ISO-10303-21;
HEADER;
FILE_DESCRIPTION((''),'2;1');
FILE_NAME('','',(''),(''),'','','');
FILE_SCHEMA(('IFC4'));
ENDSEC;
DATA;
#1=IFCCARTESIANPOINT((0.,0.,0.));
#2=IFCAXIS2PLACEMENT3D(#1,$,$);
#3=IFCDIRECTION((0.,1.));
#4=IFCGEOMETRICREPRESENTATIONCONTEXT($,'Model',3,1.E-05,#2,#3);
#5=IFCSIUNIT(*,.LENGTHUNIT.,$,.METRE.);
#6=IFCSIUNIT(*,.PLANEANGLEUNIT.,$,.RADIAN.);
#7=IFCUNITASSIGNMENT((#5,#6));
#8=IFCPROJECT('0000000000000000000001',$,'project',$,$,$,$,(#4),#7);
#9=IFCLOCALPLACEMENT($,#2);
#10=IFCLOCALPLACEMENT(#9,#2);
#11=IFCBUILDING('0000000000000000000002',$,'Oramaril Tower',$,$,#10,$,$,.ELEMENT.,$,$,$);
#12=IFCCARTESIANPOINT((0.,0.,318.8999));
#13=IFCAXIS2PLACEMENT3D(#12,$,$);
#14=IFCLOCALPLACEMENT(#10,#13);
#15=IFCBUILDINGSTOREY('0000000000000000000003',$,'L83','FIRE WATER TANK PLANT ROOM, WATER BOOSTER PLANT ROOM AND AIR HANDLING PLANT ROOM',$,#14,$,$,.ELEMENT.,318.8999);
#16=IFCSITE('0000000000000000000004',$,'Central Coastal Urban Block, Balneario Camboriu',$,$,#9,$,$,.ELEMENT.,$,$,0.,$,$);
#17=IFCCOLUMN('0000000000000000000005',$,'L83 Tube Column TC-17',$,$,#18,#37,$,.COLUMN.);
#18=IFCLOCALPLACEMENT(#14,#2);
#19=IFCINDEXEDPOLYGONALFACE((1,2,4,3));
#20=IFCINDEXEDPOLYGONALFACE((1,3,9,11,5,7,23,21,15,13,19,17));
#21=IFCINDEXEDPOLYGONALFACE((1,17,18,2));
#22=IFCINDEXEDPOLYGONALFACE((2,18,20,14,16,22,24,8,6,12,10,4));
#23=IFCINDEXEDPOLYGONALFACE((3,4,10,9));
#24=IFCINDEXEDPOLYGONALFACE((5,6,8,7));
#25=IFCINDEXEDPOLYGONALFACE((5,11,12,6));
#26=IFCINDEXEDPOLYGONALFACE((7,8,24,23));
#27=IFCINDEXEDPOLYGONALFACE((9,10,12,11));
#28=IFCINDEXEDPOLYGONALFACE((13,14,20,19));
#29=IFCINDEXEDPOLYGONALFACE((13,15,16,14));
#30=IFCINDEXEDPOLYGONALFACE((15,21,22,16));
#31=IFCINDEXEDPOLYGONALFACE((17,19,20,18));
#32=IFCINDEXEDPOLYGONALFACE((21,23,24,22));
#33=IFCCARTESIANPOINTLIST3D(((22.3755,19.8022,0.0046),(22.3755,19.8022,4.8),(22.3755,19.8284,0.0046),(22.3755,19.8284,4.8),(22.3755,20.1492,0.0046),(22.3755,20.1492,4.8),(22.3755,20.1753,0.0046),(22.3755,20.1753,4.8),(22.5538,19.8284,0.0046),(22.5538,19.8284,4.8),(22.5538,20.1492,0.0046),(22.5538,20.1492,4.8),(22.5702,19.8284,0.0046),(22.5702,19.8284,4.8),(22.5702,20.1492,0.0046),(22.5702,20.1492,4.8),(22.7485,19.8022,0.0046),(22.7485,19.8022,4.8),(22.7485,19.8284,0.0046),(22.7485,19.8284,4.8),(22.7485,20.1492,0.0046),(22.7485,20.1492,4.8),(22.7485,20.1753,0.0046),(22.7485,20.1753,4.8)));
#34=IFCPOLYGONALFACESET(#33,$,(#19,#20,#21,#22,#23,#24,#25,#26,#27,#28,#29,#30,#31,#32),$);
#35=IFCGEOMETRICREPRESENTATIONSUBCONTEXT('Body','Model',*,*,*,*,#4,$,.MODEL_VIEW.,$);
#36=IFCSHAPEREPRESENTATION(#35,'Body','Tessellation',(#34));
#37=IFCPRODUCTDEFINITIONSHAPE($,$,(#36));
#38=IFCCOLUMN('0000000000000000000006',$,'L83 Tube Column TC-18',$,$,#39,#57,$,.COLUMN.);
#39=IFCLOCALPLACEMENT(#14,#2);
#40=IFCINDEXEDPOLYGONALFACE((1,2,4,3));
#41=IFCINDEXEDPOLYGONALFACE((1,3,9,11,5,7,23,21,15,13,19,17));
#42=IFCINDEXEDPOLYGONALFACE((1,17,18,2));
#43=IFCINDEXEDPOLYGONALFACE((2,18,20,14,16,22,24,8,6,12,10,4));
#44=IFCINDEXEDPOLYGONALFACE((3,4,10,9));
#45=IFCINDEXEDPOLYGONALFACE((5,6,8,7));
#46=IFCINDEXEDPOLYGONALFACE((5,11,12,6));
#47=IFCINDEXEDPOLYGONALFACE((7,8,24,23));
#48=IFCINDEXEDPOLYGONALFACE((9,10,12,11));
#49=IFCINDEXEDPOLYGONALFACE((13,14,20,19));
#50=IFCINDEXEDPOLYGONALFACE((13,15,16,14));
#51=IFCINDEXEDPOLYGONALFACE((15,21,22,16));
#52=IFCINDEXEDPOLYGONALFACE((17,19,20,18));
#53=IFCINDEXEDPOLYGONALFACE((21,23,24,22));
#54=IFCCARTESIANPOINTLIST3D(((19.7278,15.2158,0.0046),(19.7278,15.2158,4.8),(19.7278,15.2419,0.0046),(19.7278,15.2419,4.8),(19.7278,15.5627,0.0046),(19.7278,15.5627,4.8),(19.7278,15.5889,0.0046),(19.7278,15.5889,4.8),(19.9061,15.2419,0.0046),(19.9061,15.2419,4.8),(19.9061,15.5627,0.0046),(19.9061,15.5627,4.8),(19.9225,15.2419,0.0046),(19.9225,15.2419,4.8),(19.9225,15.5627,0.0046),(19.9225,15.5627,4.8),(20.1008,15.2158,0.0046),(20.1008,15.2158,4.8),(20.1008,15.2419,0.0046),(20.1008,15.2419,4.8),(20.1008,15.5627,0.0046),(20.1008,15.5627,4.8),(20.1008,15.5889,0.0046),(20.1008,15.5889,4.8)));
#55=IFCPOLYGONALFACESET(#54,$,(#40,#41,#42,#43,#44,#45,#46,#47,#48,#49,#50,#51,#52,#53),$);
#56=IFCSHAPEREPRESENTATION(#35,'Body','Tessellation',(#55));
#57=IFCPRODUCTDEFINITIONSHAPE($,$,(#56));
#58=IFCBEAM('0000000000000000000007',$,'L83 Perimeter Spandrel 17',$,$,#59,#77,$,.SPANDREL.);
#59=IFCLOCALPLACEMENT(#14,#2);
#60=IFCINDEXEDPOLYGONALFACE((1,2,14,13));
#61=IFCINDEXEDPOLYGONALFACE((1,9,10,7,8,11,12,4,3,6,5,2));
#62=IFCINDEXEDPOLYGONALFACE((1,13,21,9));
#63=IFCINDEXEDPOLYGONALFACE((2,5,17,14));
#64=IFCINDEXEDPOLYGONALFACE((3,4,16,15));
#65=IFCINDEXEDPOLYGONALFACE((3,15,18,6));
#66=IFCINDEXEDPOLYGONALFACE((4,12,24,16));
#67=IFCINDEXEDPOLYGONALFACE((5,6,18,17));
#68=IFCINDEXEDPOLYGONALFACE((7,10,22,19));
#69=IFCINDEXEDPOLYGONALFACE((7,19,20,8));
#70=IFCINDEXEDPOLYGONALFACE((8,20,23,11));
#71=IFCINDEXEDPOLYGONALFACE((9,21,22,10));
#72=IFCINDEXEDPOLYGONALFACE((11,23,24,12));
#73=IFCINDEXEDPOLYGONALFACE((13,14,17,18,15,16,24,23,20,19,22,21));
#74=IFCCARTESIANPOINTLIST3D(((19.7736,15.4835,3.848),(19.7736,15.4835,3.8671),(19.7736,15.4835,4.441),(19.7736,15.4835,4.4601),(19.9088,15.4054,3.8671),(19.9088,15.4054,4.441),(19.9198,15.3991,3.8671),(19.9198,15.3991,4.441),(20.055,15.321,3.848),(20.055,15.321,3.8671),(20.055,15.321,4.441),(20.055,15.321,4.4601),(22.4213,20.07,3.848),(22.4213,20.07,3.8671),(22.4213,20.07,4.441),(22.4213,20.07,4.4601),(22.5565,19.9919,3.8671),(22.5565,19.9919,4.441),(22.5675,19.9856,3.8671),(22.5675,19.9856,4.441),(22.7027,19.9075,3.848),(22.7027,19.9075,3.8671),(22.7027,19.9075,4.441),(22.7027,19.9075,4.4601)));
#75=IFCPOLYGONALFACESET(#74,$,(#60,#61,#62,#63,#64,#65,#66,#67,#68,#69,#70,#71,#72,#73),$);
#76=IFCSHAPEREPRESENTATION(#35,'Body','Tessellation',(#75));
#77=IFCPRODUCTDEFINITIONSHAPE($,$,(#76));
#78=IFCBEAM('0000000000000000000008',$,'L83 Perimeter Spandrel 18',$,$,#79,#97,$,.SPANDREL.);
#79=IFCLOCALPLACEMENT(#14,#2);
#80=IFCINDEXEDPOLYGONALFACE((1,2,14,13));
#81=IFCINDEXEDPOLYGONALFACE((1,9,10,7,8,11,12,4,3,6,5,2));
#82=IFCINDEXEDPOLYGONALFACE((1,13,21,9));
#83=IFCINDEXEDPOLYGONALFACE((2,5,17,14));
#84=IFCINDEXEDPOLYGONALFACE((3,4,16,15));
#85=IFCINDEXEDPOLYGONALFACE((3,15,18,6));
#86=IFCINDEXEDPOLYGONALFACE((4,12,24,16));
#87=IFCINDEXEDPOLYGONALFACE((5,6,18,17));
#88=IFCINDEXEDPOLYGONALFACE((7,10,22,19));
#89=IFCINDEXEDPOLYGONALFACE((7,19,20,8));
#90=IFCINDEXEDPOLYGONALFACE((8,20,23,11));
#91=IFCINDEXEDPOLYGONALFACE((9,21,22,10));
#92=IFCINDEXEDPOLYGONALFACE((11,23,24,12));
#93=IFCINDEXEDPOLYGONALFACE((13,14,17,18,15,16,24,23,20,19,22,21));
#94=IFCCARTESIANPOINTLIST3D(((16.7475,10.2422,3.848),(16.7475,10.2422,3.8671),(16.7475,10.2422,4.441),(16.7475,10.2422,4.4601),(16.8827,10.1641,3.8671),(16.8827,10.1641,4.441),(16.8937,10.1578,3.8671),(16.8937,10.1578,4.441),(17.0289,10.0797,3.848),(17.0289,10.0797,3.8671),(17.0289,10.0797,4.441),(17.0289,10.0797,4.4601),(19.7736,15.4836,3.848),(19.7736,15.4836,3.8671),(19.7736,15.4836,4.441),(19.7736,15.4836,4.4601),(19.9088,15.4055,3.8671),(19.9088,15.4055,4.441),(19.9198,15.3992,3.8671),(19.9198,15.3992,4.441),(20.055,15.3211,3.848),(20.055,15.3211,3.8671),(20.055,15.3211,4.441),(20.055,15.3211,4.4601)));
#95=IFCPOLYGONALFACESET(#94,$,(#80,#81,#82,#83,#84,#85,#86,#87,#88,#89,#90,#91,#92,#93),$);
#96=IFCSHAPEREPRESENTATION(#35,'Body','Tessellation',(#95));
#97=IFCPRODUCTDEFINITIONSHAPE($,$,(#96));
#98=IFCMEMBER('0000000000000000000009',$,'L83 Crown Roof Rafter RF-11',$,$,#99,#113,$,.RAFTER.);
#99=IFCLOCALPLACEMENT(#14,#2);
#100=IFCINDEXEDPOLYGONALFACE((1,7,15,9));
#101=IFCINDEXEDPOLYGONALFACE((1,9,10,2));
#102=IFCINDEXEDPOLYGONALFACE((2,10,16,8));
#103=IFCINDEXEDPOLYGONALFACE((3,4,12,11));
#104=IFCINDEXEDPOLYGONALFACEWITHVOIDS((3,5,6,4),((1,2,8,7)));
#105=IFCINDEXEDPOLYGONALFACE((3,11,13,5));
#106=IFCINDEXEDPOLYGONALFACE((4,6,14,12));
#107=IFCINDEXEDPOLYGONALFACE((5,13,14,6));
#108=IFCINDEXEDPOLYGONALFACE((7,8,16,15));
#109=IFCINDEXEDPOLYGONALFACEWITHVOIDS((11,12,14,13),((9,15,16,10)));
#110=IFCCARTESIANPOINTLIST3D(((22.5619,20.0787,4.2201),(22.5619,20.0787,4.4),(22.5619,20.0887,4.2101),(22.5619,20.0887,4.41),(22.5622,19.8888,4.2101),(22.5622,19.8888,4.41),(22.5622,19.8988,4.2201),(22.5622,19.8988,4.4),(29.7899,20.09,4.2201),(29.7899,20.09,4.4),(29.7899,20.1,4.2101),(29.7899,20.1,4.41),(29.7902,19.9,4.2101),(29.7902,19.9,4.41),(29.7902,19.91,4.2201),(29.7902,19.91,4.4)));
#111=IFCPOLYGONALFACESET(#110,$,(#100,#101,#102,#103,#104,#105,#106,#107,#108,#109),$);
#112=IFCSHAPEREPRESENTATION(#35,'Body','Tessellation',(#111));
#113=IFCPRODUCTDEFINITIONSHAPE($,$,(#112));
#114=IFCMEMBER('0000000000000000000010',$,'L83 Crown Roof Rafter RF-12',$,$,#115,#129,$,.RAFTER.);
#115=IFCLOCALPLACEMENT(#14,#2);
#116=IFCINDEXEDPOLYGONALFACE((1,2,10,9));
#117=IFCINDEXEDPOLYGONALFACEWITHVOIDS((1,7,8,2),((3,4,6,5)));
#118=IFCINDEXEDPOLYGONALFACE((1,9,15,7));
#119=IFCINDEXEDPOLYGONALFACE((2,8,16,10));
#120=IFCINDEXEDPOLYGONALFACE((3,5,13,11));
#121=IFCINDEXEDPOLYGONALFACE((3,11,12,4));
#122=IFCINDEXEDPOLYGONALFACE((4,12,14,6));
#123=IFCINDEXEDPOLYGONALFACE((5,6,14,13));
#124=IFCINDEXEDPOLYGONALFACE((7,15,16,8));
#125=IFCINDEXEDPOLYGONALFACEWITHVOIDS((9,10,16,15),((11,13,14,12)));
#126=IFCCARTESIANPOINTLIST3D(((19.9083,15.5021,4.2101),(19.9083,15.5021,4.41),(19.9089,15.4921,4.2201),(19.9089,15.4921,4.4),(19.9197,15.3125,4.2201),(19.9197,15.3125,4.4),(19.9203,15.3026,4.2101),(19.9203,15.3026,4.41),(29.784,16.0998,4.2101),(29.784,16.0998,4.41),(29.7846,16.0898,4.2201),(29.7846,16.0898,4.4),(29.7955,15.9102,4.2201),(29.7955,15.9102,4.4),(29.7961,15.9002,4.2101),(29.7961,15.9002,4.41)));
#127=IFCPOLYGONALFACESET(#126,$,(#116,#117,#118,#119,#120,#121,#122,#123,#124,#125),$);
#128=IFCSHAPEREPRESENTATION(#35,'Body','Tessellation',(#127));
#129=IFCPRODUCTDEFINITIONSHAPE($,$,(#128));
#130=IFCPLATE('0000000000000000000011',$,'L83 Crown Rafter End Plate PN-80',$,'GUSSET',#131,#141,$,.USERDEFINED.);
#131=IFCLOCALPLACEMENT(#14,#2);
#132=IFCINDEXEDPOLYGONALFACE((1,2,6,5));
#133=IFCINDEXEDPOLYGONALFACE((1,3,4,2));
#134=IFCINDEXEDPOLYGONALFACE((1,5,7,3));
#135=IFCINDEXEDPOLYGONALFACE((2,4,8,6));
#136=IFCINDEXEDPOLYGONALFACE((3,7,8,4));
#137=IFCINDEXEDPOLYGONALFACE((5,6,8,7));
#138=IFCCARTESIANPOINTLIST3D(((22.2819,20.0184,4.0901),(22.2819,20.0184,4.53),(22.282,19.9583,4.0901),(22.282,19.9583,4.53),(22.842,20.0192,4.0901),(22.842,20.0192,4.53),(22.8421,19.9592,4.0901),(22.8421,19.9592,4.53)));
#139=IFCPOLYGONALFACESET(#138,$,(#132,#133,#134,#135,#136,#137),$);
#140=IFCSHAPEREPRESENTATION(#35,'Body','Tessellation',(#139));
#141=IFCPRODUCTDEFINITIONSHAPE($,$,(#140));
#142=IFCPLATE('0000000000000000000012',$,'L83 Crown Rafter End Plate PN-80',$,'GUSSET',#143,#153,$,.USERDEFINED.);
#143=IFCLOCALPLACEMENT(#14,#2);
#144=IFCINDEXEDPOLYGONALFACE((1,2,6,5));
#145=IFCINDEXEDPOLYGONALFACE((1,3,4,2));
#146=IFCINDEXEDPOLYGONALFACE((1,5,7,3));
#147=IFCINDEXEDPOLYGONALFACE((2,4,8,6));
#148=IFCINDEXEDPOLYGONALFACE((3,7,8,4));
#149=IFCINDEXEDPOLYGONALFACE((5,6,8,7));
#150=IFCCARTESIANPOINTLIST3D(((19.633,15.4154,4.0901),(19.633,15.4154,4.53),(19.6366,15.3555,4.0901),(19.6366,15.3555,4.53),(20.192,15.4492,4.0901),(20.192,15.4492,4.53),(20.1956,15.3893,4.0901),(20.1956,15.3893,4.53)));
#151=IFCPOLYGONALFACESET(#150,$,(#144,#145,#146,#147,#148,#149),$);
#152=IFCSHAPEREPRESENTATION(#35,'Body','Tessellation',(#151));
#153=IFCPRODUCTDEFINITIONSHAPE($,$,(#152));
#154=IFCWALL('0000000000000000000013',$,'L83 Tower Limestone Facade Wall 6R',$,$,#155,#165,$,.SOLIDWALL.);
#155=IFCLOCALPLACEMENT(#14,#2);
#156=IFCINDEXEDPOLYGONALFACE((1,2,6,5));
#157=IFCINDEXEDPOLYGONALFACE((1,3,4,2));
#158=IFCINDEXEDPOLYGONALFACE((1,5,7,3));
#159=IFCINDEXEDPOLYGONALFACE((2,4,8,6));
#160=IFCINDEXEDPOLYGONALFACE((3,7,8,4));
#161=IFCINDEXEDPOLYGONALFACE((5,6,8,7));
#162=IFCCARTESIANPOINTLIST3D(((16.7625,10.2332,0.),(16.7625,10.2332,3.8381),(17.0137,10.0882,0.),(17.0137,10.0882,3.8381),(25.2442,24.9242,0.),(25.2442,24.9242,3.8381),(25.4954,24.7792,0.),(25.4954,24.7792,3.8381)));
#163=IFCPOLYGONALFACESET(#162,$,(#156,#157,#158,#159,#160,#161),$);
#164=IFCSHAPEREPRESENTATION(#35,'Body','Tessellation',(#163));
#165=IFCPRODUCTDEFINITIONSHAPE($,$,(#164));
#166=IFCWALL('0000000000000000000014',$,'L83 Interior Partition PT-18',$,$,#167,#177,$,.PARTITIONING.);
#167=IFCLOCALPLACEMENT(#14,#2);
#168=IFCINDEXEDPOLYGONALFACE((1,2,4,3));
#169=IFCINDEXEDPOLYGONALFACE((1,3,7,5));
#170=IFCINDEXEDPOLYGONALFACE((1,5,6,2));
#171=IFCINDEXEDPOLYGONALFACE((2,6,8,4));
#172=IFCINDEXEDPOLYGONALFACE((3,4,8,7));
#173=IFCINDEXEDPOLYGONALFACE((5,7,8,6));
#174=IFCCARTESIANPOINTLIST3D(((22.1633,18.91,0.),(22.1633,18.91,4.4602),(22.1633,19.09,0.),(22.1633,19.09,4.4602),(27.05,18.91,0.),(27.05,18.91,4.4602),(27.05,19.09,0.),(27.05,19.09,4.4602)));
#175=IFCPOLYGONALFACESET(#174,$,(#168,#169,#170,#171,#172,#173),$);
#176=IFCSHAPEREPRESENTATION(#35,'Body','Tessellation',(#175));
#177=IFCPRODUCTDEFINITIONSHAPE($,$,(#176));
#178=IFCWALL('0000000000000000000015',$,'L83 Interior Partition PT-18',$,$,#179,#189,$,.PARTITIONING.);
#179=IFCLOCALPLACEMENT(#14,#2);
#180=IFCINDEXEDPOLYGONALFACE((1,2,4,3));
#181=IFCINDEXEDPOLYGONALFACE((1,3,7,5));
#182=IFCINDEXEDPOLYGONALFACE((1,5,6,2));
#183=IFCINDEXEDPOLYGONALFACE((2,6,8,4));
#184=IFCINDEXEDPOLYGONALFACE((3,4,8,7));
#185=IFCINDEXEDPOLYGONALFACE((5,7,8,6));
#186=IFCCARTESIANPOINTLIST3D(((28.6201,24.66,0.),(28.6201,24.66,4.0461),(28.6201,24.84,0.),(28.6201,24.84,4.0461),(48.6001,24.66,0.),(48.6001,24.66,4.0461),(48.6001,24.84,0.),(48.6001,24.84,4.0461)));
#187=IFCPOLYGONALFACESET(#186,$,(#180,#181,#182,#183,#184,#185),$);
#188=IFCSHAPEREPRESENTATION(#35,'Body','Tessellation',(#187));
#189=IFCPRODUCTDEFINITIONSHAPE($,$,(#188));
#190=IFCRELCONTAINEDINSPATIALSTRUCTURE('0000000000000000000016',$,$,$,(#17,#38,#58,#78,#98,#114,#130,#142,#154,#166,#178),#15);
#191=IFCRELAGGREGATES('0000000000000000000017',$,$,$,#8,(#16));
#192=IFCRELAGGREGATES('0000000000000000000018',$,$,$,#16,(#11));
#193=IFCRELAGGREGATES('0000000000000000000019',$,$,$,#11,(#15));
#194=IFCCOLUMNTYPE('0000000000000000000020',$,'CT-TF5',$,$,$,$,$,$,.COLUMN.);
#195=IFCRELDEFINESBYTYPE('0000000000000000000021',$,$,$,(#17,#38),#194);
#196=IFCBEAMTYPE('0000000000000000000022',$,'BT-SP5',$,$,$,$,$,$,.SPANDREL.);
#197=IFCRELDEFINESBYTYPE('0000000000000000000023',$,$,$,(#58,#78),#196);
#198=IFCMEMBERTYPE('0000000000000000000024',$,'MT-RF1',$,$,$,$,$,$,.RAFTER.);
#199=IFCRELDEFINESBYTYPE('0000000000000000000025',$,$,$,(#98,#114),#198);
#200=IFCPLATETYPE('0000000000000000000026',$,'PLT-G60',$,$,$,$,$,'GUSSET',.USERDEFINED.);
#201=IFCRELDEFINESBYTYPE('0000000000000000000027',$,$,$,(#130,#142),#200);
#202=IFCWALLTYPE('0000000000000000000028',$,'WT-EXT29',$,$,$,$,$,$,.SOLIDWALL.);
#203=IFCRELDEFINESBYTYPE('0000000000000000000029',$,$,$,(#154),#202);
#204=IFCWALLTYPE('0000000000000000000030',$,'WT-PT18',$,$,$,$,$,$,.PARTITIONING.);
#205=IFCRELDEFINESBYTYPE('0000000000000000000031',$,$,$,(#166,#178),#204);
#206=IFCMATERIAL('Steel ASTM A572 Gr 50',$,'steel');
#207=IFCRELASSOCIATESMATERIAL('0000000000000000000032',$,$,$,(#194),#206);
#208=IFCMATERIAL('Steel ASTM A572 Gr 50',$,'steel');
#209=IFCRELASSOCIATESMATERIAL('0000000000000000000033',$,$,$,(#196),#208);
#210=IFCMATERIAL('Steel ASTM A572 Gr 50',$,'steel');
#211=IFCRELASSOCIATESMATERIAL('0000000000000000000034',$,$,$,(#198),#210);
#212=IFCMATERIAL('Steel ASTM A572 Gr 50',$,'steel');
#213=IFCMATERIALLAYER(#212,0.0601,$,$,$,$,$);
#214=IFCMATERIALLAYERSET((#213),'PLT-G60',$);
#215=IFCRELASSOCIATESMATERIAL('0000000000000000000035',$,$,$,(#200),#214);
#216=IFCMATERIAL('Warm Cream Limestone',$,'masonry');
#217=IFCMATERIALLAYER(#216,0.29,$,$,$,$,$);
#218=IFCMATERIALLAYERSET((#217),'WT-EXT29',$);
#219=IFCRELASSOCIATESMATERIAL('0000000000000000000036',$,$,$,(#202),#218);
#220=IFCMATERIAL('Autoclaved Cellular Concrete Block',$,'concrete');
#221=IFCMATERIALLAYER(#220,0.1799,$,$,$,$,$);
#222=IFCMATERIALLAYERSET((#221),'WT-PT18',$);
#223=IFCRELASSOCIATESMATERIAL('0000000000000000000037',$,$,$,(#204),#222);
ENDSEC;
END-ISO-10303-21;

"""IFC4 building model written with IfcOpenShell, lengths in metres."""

from ifc_helpers import new_model, si_unit, direction, frame, frame_2d, origin, origin_2d, place, context, subcontext, project, spatial, rectangle, hollow_rectangle, i_section, extrude, material, layer, layer_set, material_profile, profile_set, type_object, element, save


model = new_model("IFC4")

# Units and contexts
model_context = context("Model", 3, precision=1e-05, world=origin(), true_north=direction((0.0, 1.0)))
body_context = subcontext(model_context, "Body", "Model", "MODEL_VIEW")
ifc_project = project(units=[si_unit("LENGTHUNIT", "METRE"), si_unit("PLANEANGLEUNIT", "RADIAN")], contexts=[model_context])

# Site, building, storey
site_placement = place(None, origin())
site = spatial("IfcSite", under=ifc_project, at=site_placement, Name="Central Coastal Urban Block, Balneario Camboriu", CompositionType="ELEMENT", RefElevation=0.0)
building_placement = place(site_placement, origin())
building = spatial("IfcBuilding", under=site, at=building_placement, Name="Oramaril Tower", CompositionType="ELEMENT")
storey_placement = place(building_placement, frame((0.0, 0.0, 318.8999)))
storey = spatial("IfcBuildingStorey", under=building, at=storey_placement, Name="L83", Description="FIRE WATER TANK PLANT ROOM, WATER BOOSTER PLANT ROOM AND AIR HANDLING PLANT ROOM", CompositionType="ELEMENT", Elevation=318.8999)

# Columns
ifc_material_1 = material(Name="Steel ASTM A572 Gr 50", Category="steel")
ifc_material_profile_1 = material_profile(ifc_material_1, i_section(OverallWidth=0.373, OverallDepth=0.373, WebThickness=0.0164, FlangeThickness=0.0261, at=origin_2d()), Name="W14X132")
ifc_profile_set_1 = profile_set([ifc_material_profile_1], Name="Steel ASTM A572 Gr 50")
column_type = type_object("IfcColumnType", Name="CT-TF5", PredefinedType="COLUMN", material=ifc_profile_set_1)
for number, where, z_axis, x_axis, name in (
    (1, (22.562, 19.9888, 0.0046), (0.0, 0.0, 1.0), (1.0, 0.0, 0.0), "L83 Tube Column TC-17"),
    (2, (19.9143, 15.4023, 0.0046), (0.0, 0.0, 1.0), (1.0, 0.0, 0.0), "L83 Tube Column TC-18"),
):
    element("IfcColumn", number, at=place(storey_placement, frame(where, z_axis=z_axis, x_axis=x_axis)), inside=storey, type_object=column_type, Name=name, PredefinedType="COLUMN", context=body_context, shape_type="SweptSolid", body=[
        extrude(i_section(OverallWidth=0.373, OverallDepth=0.373, WebThickness=0.0164, FlangeThickness=0.0261, at=origin_2d()), origin(), (0.0, 0.0, 1.0), 4.7954),
    ])

# Beams
ifc_material_2 = material(Name="Steel ASTM A572 Gr 50", Category="steel")
ifc_material_profile_2 = material_profile(ifc_material_2, i_section(OverallWidth=0.325, OverallDepth=0.6121, WebThickness=0.0127, FlangeThickness=0.019, at=origin_2d()), Name="W24X104")
ifc_profile_set_2 = profile_set([ifc_material_profile_2], Name="Steel ASTM A572 Gr 50")
beam_type = type_object("IfcBeamType", Name="BT-SP5", PredefinedType="SPANDREL", material=ifc_profile_set_2)
beam_1_placement = place(storey_placement, frame((22.562, 19.9888, 4.1541), z_axis=(-0.499962, -0.866047, 0.0), x_axis=(0.866047, -0.499962, 0.0)))
element("IfcBeam", 3, at=beam_1_placement, inside=storey, type_object=beam_type, Name="L83 Perimeter Spandrel 17", PredefinedType="SPANDREL", context=body_context, shape_type="SweptSolid", body=[
    extrude(i_section(OverallWidth=0.325, OverallDepth=0.6121, WebThickness=0.0127, FlangeThickness=0.019, at=origin_2d()), origin(), (0.0, 0.0, 1.0), 5.2959),
])
beam_2_placement = place(storey_placement, frame((19.9143, 15.4023, 4.1541), z_axis=(-0.499996, -0.866028, 0.0), x_axis=(0.866028, -0.499996, 0.0)))
element("IfcBeam", 4, at=beam_2_placement, inside=storey, type_object=beam_type, Name="L83 Perimeter Spandrel 18", PredefinedType="SPANDREL", context=body_context, shape_type="SweptSolid", body=[
    extrude(i_section(OverallWidth=0.325, OverallDepth=0.6121, WebThickness=0.0127, FlangeThickness=0.019, at=origin_2d()), origin(), (0.0, 0.0, 1.0), 6.0522),
])

# Members
ifc_material_3 = material(Name="Steel ASTM A572 Gr 50", Category="steel")
ifc_material_profile_3 = material_profile(ifc_material_3, hollow_rectangle(XDim=0.2, YDim=0.2, WallThickness=0.01, at=origin_2d()), Name="HSS200X200X10")
ifc_profile_set_3 = profile_set([ifc_material_profile_3], Name="Steel ASTM A572 Gr 50")
member_type = type_object("IfcMemberType", Name="MT-RF1", PredefinedType="RAFTER", material=ifc_profile_set_3)
member_1_placement = place(storey_placement, frame((22.562, 19.9888, 4.3101), z_axis=(0.999999, 0.001554, 0.0), x_axis=(-0.001554, 0.999999, 0.0)))
element("IfcMember", 5, at=member_1_placement, inside=storey, type_object=member_type, Name="L83 Crown Roof Rafter RF-11", PredefinedType="RAFTER", context=body_context, shape_type="SweptSolid", body=[
    extrude(hollow_rectangle(XDim=0.2, YDim=0.2, WallThickness=0.01, at=origin_2d()), origin(), (0.0, 0.0, 1.0), 7.228),
])
member_2_placement = place(storey_placement, frame((19.9143, 15.4023, 4.3101), z_axis=(0.998174, 0.060407, 0.0), x_axis=(-0.060407, 0.998174, 0.0)))
element("IfcMember", 6, at=member_2_placement, inside=storey, type_object=member_type, Name="L83 Crown Roof Rafter RF-12", PredefinedType="RAFTER", context=body_context, shape_type="SweptSolid", body=[
    extrude(hollow_rectangle(XDim=0.2, YDim=0.2, WallThickness=0.01, at=origin_2d()), origin(), (0.0, 0.0, 1.0), 9.8938),
])

# Plates
ifc_material_4 = material(Name="Steel ASTM A572 Gr 50", Category="steel")
ifc_layer_1 = layer(ifc_material_4, 0.0601)
ifc_layer_set_1 = layer_set([ifc_layer_1], Name="PLT-G60")
plate_type = type_object("IfcPlateType", Name="PLT-G60", ElementType="GUSSET", PredefinedType="USERDEFINED", material=ifc_layer_set_1)
for number, where, z_axis, x_axis, name in (
    (7, (22.562, 19.9888, 4.0901), (0.0, 0.0, 1.0), (0.999999, 0.001564, 0.0), "L83 Crown Rafter End Plate PN-80"),
    (8, (19.9143, 15.4023, 4.0901), (0.0, 0.0, 1.0), (0.998174, 0.0604, 0.0), "L83 Crown Rafter End Plate PN-80"),
):
    element("IfcPlate", number, at=place(storey_placement, frame(where, z_axis=z_axis, x_axis=x_axis)), inside=storey, type_object=plate_type, Name=name, ObjectType="GUSSET", PredefinedType="USERDEFINED", context=body_context, shape_type="SweptSolid", body=[
        extrude(rectangle(XDim=0.5601, YDim=0.0601, at=origin_2d()), origin(), (0.0, 0.0, 1.0), 0.4399),
    ])

# Walls
ifc_material_5 = material(Name="Warm Cream Limestone", Category="masonry")
ifc_layer_2 = layer(ifc_material_5, 0.29)
ifc_layer_set_2 = layer_set([ifc_layer_2], Name="WT-EXT29")
wall_type_1 = type_object("IfcWallType", Name="WT-EXT29", PredefinedType="SOLIDWALL", material=ifc_layer_set_2)
wall_1_placement = place(storey_placement, frame((25.3699, 24.8518, 0.0), z_axis=(0.0, 0.0, 1.0), x_axis=(-0.499995, -0.866028, 0.0)))
element("IfcWall", 9, at=wall_1_placement, inside=storey, type_object=wall_type_1, Name="L83 Tower Limestone Facade Wall 6R", PredefinedType="SOLIDWALL", context=body_context, shape_type="SweptSolid", body=[
    extrude(rectangle(XDim=16.9636, YDim=0.29, at=frame_2d((8.4819, 0.0))), origin(), (0.0, 0.0, 1.0), 3.8381),
])
ifc_material_6 = material(Name="Autoclaved Cellular Concrete Block", Category="concrete")
ifc_layer_3 = layer(ifc_material_6, 0.1799)
ifc_layer_set_3 = layer_set([ifc_layer_3], Name="WT-PT18")
wall_type_2 = type_object("IfcWallType", Name="WT-PT18", PredefinedType="PARTITIONING", material=ifc_layer_set_3)
wall_2_placement = place(storey_placement, frame((22.1633, 19.0, 0.0), z_axis=(0.0, 0.0, 1.0), x_axis=(1.0, 0.0, 0.0)))
element("IfcWall", 10, at=wall_2_placement, inside=storey, type_object=wall_type_2, Name="L83 Interior Partition PT-18", PredefinedType="PARTITIONING", context=body_context, shape_type="SweptSolid", body=[
    extrude(rectangle(XDim=4.8867, YDim=0.1799, at=frame_2d((2.4434, 0.0))), origin(), (0.0, 0.0, 1.0), 4.4602),
])
wall_3_placement = place(storey_placement, frame((28.6201, 24.75, 0.0), z_axis=(0.0, 0.0, 1.0), x_axis=(1.0, 0.0, 0.0)))
element("IfcWall", 11, at=wall_3_placement, inside=storey, type_object=wall_type_2, Name="L83 Interior Partition PT-18", PredefinedType="PARTITIONING", context=body_context, shape_type="SweptSolid", body=[
    extrude(rectangle(XDim=19.98, YDim=0.1799, at=frame_2d((9.99, 0.0))), origin(), (0.0, 0.0, 1.0), 4.0461),
])

save(model, "model.ifc")
